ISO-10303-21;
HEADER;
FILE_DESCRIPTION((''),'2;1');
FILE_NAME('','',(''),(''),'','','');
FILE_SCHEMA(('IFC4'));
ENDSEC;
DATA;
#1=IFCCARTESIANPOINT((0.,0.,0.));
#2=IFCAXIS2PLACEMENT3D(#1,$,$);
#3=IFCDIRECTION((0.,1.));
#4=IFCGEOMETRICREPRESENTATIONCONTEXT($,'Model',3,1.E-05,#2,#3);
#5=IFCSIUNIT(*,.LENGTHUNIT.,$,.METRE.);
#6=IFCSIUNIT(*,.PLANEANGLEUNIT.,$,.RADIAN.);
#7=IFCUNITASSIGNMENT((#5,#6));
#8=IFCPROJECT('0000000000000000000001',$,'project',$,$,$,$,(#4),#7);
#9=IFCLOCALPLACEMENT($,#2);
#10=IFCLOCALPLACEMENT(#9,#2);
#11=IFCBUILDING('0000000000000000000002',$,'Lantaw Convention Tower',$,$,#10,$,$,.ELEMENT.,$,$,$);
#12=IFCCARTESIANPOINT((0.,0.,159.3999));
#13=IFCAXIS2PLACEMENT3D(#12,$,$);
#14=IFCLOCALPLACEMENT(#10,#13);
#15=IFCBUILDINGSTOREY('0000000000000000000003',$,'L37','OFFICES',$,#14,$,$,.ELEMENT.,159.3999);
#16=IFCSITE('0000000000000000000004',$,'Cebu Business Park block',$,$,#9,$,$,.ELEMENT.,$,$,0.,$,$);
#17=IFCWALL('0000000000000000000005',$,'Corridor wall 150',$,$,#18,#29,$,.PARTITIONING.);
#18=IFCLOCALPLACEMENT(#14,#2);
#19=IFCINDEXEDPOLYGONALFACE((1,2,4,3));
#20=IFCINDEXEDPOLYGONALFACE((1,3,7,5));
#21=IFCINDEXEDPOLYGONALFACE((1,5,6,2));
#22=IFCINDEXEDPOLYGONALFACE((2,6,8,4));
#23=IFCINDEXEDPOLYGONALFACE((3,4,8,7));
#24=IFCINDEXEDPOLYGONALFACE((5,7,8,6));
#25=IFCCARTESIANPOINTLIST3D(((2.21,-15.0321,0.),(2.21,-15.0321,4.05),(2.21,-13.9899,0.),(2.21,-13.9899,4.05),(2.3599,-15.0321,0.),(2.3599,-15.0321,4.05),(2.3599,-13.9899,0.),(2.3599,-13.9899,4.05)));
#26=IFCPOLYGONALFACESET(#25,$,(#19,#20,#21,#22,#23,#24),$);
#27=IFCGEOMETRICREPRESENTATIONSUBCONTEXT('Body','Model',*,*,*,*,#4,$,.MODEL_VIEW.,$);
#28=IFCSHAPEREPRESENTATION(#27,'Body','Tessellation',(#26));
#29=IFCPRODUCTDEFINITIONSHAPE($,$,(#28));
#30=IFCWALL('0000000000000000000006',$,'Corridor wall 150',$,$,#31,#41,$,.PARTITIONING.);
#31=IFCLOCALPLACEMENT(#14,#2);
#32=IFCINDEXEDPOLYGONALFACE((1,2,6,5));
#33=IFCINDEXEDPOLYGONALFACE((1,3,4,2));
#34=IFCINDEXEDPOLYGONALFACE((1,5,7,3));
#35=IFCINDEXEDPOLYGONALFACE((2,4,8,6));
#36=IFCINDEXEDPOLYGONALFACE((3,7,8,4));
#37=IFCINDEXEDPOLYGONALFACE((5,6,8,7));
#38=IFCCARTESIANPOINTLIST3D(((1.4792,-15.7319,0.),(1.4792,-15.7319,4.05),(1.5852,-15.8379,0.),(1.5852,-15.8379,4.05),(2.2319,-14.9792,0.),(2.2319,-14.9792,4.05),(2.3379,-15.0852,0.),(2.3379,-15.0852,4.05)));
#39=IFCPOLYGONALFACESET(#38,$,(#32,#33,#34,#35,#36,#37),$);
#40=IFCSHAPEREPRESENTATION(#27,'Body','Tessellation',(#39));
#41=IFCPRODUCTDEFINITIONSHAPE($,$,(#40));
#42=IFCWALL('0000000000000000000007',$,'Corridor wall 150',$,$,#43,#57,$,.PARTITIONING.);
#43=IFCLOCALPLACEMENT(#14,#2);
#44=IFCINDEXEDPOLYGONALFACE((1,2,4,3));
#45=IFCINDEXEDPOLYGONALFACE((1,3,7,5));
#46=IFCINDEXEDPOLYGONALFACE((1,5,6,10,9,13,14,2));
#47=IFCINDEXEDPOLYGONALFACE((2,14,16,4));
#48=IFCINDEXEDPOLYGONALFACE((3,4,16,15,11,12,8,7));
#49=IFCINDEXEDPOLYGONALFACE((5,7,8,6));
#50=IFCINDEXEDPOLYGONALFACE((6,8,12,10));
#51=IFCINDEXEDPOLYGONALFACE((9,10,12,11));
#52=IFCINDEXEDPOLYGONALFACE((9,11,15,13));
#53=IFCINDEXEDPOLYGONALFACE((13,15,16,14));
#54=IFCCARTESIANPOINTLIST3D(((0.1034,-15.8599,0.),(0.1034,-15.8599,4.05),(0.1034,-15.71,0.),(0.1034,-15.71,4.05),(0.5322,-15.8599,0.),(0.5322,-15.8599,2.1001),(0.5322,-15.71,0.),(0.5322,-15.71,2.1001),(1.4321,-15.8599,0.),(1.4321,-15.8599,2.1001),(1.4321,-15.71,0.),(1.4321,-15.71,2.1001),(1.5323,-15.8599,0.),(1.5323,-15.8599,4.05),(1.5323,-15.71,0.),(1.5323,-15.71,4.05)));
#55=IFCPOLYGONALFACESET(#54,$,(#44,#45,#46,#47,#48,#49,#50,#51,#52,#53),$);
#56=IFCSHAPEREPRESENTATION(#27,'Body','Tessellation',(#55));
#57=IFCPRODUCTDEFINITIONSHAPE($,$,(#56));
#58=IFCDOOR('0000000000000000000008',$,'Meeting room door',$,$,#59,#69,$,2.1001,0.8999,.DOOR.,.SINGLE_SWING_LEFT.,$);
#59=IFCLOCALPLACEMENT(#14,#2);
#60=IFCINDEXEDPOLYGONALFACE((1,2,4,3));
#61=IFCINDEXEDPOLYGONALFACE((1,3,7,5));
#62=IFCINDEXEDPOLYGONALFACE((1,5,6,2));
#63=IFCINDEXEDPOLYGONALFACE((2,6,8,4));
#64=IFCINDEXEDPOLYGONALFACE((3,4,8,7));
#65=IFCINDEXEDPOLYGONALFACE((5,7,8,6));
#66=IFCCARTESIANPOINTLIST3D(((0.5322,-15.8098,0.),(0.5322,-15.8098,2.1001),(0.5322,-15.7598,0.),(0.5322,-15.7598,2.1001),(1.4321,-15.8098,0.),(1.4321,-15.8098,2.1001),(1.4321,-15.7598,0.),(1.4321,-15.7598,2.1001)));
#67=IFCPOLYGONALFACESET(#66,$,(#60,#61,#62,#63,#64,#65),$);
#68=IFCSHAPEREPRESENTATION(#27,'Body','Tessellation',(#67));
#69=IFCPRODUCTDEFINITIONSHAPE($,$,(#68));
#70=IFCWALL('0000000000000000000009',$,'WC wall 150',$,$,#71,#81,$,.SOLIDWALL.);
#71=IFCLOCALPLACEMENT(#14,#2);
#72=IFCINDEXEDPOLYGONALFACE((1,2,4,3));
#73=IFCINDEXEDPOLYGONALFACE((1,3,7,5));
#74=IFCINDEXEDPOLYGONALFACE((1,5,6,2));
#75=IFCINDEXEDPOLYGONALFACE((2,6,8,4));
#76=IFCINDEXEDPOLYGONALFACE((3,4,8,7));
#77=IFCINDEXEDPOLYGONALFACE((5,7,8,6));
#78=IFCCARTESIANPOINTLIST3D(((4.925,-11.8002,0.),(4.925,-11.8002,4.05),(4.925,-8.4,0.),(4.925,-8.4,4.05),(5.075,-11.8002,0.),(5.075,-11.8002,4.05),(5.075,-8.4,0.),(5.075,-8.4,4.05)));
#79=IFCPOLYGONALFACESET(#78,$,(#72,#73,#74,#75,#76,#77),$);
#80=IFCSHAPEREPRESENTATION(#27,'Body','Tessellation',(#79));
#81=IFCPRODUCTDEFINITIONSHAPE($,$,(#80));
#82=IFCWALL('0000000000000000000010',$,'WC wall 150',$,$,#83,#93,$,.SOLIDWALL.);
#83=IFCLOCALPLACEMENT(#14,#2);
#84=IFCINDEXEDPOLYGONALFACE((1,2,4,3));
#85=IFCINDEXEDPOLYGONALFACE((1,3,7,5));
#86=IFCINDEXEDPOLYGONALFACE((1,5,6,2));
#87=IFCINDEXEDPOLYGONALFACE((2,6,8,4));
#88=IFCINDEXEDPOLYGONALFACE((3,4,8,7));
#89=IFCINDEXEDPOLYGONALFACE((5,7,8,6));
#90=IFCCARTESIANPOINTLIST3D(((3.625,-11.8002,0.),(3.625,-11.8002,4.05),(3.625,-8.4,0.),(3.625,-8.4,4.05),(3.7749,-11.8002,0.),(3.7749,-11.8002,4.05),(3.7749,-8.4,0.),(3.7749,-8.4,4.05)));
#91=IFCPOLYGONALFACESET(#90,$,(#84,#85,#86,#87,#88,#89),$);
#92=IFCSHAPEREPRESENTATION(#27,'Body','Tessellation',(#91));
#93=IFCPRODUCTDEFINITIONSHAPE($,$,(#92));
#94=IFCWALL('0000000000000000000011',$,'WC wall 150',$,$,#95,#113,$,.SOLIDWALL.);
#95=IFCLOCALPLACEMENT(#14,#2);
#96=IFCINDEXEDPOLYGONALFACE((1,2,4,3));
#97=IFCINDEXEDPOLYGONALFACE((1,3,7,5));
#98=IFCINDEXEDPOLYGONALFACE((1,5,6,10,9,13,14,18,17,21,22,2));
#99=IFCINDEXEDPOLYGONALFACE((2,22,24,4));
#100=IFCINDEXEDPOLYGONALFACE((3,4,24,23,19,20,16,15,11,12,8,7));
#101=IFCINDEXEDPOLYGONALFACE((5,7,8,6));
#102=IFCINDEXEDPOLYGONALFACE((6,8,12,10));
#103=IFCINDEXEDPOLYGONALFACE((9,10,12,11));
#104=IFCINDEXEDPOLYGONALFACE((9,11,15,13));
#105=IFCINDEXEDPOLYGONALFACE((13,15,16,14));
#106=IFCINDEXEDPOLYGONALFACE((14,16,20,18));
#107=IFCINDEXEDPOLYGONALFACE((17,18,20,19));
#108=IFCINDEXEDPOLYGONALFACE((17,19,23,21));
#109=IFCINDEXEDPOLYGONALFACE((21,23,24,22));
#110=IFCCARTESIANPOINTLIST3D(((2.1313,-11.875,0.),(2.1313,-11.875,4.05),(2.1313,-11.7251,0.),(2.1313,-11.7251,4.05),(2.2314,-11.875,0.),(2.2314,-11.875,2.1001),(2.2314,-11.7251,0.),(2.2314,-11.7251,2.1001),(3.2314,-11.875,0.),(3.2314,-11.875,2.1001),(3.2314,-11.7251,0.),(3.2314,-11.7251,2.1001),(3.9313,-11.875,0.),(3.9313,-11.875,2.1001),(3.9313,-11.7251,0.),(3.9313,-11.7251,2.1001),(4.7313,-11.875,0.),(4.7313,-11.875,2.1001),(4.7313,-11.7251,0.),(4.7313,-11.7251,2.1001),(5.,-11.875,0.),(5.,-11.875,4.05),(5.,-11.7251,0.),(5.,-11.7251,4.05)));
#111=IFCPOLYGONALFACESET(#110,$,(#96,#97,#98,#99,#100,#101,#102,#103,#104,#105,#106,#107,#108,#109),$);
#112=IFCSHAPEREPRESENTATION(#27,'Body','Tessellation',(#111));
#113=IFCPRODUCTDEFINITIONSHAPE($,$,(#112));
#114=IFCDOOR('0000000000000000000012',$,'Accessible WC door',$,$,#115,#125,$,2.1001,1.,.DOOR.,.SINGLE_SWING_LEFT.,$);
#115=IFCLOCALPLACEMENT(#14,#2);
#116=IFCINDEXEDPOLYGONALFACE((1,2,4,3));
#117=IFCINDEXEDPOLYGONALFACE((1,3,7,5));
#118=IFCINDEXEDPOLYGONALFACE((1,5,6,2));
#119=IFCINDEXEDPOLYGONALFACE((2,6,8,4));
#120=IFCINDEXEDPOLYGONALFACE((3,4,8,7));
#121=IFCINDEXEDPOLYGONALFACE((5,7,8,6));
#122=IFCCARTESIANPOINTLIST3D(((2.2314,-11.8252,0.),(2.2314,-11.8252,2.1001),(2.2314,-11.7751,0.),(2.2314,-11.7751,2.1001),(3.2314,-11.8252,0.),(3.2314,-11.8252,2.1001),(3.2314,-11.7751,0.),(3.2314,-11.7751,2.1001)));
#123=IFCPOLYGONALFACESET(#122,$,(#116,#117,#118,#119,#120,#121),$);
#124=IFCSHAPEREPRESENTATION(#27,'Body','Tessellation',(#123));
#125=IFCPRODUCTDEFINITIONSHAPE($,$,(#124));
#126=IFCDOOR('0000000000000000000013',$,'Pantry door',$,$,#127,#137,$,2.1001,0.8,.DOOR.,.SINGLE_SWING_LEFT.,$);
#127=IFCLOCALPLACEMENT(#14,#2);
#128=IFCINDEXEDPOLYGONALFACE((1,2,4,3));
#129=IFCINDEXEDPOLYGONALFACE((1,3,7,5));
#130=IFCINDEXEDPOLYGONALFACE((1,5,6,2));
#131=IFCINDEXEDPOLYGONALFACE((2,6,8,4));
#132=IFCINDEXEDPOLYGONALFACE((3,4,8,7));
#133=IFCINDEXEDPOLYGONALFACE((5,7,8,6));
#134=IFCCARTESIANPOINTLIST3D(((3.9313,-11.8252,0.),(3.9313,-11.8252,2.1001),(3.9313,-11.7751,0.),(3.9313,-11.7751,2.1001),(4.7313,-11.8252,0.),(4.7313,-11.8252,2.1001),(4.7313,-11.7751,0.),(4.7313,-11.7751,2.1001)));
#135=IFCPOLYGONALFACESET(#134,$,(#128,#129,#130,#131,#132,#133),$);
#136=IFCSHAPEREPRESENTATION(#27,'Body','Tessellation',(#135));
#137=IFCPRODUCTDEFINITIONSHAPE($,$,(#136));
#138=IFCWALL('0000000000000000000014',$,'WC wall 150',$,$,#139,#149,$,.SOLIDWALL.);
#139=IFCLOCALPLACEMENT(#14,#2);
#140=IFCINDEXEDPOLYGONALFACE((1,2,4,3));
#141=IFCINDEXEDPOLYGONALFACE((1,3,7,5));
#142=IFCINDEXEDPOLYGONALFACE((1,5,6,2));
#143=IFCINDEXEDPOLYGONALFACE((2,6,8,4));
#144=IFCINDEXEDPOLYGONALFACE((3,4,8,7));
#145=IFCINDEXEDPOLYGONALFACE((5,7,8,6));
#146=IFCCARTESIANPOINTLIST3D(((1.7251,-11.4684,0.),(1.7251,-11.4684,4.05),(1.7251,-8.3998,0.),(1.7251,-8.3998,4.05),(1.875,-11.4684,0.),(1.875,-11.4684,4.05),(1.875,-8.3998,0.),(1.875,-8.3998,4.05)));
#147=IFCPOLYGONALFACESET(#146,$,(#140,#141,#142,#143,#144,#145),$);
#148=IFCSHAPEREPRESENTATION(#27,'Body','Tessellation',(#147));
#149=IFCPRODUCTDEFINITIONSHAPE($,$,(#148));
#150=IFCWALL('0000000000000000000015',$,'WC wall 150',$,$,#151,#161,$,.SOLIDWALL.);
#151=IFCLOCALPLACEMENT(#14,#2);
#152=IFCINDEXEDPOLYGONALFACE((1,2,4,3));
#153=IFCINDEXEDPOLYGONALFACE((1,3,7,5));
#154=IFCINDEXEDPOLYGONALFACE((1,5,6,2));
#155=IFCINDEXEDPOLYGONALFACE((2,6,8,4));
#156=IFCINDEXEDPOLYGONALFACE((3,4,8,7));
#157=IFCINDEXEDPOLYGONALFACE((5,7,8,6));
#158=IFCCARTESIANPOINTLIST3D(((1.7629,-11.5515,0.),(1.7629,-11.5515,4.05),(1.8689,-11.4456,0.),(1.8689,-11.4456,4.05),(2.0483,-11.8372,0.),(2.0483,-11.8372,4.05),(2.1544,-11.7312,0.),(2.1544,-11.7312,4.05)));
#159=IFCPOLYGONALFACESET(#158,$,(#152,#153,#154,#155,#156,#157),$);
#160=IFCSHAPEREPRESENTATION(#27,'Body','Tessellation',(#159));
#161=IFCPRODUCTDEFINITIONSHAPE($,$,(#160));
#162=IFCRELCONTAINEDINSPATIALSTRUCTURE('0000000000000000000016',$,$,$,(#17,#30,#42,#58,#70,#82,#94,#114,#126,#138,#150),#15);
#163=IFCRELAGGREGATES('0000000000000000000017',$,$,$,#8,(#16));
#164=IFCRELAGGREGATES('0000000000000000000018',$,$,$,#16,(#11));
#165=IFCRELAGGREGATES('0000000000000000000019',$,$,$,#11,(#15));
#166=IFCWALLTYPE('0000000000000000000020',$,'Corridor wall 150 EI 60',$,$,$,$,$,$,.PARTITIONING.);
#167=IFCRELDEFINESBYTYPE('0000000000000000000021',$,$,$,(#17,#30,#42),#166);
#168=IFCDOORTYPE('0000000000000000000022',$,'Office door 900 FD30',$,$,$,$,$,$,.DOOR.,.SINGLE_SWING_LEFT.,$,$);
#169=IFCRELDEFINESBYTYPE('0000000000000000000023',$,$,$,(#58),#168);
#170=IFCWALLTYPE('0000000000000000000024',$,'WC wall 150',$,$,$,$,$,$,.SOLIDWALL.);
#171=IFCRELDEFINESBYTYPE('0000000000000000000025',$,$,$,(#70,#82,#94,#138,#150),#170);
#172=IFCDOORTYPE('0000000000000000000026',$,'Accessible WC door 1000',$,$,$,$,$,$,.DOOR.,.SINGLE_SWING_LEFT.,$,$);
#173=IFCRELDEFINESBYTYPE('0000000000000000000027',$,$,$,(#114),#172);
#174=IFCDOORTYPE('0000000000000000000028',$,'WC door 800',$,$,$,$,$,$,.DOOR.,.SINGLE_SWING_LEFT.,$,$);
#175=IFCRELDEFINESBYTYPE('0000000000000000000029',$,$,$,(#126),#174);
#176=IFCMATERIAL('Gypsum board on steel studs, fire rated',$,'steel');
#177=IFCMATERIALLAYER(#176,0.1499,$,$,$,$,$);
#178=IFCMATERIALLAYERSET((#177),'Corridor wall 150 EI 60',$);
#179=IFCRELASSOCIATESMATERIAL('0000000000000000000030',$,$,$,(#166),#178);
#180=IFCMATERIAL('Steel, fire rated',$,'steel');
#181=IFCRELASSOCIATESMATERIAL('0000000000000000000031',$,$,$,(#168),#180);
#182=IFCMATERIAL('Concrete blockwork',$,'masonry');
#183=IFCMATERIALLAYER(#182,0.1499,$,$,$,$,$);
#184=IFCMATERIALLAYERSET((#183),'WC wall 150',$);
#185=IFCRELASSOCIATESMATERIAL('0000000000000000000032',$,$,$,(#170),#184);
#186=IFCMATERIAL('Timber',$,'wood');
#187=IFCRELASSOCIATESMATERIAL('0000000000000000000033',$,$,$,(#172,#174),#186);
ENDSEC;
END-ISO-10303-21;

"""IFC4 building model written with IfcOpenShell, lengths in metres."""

from ifc_helpers import new_model, si_unit, direction, frame, frame_2d, origin, place, context, subcontext, project, spatial, rectangle, extrude, material, layer, layer_set, type_object, element, fill, save


model = new_model("IFC4")

# Units and contexts
model_context = context("Model", 3, precision=1e-05, world=origin(), true_north=direction((0.0, 1.0)))
body_context = subcontext(model_context, "Body", "Model", "MODEL_VIEW")
ifc_project = project(units=[si_unit("LENGTHUNIT", "METRE"), si_unit("PLANEANGLEUNIT", "RADIAN")], contexts=[model_context])

# Site, building, storey
site_placement = place(None, origin())
site = spatial("IfcSite", under=ifc_project, at=site_placement, Name="Cebu Business Park block", CompositionType="ELEMENT", RefElevation=0.0)
building_placement = place(site_placement, origin())
building = spatial("IfcBuilding", under=site, at=building_placement, Name="Lantaw Convention Tower", CompositionType="ELEMENT")
storey_placement = place(building_placement, frame((0.0, 0.0, 159.3999)))
storey = spatial("IfcBuildingStorey", under=building, at=storey_placement, Name="L37", Description="OFFICES", CompositionType="ELEMENT", Elevation=159.3999)

# Shared definitions
ifc_material_1 = material(Name="Gypsum board on steel studs, fire rated", Category="steel")
ifc_layer_1 = layer(ifc_material_1, 0.1499)
ifc_layer_set_1 = layer_set([ifc_layer_1], Name="Corridor wall 150 EI 60")
wall_type_1 = type_object("IfcWallType", Name="Corridor wall 150 EI 60", PredefinedType="PARTITIONING", material=ifc_layer_set_1)
ifc_material_2 = material(Name="Steel, fire rated", Category="steel")
door_type_1 = type_object("IfcDoorType", Name="Office door 900 FD30", OperationType="SINGLE_SWING_LEFT", PredefinedType="DOOR", material=ifc_material_2)

# Walls
wall_1_placement = place(storey_placement, frame((2.2849, -13.99, 0.0), z_axis=(0.0, 0.0, 1.0), x_axis=(0.0, -1.0, 0.0)))
element("IfcWall", 1, at=wall_1_placement, inside=storey, type_object=wall_type_1, Name="Corridor wall 150", PredefinedType="PARTITIONING", context=body_context, shape_type="SweptSolid", body=[
    extrude(rectangle(XDim=1.0422, YDim=0.1499, at=frame_2d((0.521, 0.0))), origin(), (0.0, 0.0, 1.0), 4.05),
])
wall_2_placement = place(storey_placement, frame((2.2849, -15.0322, 0.0), z_axis=(0.0, 0.0, 1.0), x_axis=(-0.707107, -0.707107, 0.0)))
element("IfcWall", 2, at=wall_2_placement, inside=storey, type_object=wall_type_1, Name="Corridor wall 150", PredefinedType="PARTITIONING", context=body_context, shape_type="SweptSolid", body=[
    extrude(rectangle(XDim=1.0645, YDim=0.1499, at=frame_2d((0.5322, 0.0))), origin(), (0.0, 0.0, 1.0), 4.05),
])

# Wall, opening, door
wall_3_placement = place(storey_placement, frame((1.5322, -15.7849, 0.0), z_axis=(0.0, 0.0, 1.0), x_axis=(-1.0, 0.0, 0.0)))
wall_3 = element("IfcWall", 3, at=wall_3_placement, inside=storey, type_object=wall_type_1, Name="Corridor wall 150", PredefinedType="PARTITIONING", context=body_context, shape_type="SweptSolid", body=[
    extrude(rectangle(XDim=1.429, YDim=0.1499, at=frame_2d((0.7144, 0.0))), origin(), (0.0, 0.0, 1.0), 4.05),
])
opening_1_placement = place(wall_3_placement, frame((0.1001, 0.0, 0.0)))
opening_1 = element("IfcOpeningElement", 4, at=opening_1_placement, cuts=wall_3, PredefinedType="OPENING", context=body_context, shape_type="SweptSolid", body=[
    extrude(rectangle(XDim=0.8999, YDim=2.1001, at=frame_2d((0.45, 1.05))), frame((0.0, 0.085, 0.0), z_axis=(0.0, -1.0, 0.0), x_axis=(1.0, 0.0, 0.0)), (0.0, 0.0, 1.0), 0.1699),
])
door_1_placement = place(opening_1_placement, origin())
door_1 = element("IfcDoor", 5, at=door_1_placement, inside=storey, type_object=door_type_1, Name="Meeting room door", OperationType="SINGLE_SWING_LEFT", OverallHeight=2.1001, OverallWidth=0.8999, PredefinedType="DOOR", context=body_context, shape_type="SweptSolid", body=[
    extrude(rectangle(XDim=0.8999, YDim=2.1001, at=frame_2d((0.45, 1.05))), frame((0.0, 0.0249, 0.0), z_axis=(0.0, -1.0, 0.0), x_axis=(1.0, 0.0, 0.0)), (0.0, 0.0, 1.0), 0.05),
])
fill(opening_1, door_1)

# Walls
ifc_material_3 = material(Name="Concrete blockwork", Category="masonry")
ifc_layer_2 = layer(ifc_material_3, 0.1499)
ifc_layer_set_2 = layer_set([ifc_layer_2], Name="WC wall 150")
wall_type_2 = type_object("IfcWallType", Name="WC wall 150", PredefinedType="SOLIDWALL", material=ifc_layer_set_2)
for number, where, z_axis, x_axis, name in (
    (6, (5.0, -8.3999, 0.0), (0.0, 0.0, 1.0), (0.0, -1.0, 0.0), "WC wall 150"),
    (7, (3.7, -8.3999, 0.0), (0.0, 0.0, 1.0), (0.0, -1.0, 0.0), "WC wall 150"),
):
    element("IfcWall", number, at=place(storey_placement, frame(where, z_axis=z_axis, x_axis=x_axis)), inside=storey, type_object=wall_type_2, Name=name, PredefinedType="SOLIDWALL", context=body_context, shape_type="SweptSolid", body=[
        extrude(rectangle(XDim=3.4001, YDim=0.1499, at=frame_2d((1.7002, 0.0))), origin(), (0.0, 0.0, 1.0), 4.05),
    ])

# Wall, openings, doors
wall_4_placement = place(storey_placement, frame((2.1313, -11.8, 0.0), z_axis=(0.0, 0.0, 1.0), x_axis=(1.0, 0.0, 0.0)))
wall_4 = element("IfcWall", 8, at=wall_4_placement, inside=storey, type_object=wall_type_2, Name="WC wall 150", PredefinedType="SOLIDWALL", context=body_context, shape_type="SweptSolid", body=[
    extrude(rectangle(XDim=2.8687, YDim=0.1499, at=frame_2d((1.4343, 0.0))), origin(), (0.0, 0.0, 1.0), 4.05),
])
opening_2_placement = place(wall_4_placement, frame((0.1001, 0.0, 0.0)))
opening_2 = element("IfcOpeningElement", 9, at=opening_2_placement, cuts=wall_4, PredefinedType="OPENING", context=body_context, shape_type="SweptSolid", body=[
    extrude(rectangle(XDim=1.0, YDim=2.1001, at=frame_2d((0.5, 1.05))), frame((0.0, 0.085, 0.0), z_axis=(0.0, -1.0, 0.0), x_axis=(1.0, 0.0, 0.0)), (0.0, 0.0, 1.0), 0.1699),
])
opening_3_placement = place(wall_4_placement, frame((1.8, 0.0, 0.0)))
opening_3 = element("IfcOpeningElement", 10, at=opening_3_placement, cuts=wall_4, PredefinedType="OPENING", context=body_context, shape_type="SweptSolid", body=[
    extrude(rectangle(XDim=0.8, YDim=2.1001, at=frame_2d((0.3999, 1.05))), frame((0.0, 0.085, 0.0), z_axis=(0.0, -1.0, 0.0), x_axis=(1.0, 0.0, 0.0)), (0.0, 0.0, 1.0), 0.1699),
])
ifc_material_4 = material(Name="Timber", Category="wood")
door_type_2 = type_object("IfcDoorType", Name="Accessible WC door 1000", OperationType="SINGLE_SWING_LEFT", PredefinedType="DOOR", material=ifc_material_4)
door_2_placement = place(opening_2_placement, origin())
door_2 = element("IfcDoor", 11, at=door_2_placement, inside=storey, type_object=door_type_2, Name="Accessible WC door", OperationType="SINGLE_SWING_LEFT", OverallHeight=2.1001, OverallWidth=1.0, PredefinedType="DOOR", context=body_context, shape_type="SweptSolid", body=[
    extrude(rectangle(XDim=1.0, YDim=2.1001, at=frame_2d((0.5, 1.05))), frame((0.0, 0.0249, 0.0), z_axis=(0.0, -1.0, 0.0), x_axis=(1.0, 0.0, 0.0)), (0.0, 0.0, 1.0), 0.05),
])
fill(opening_2, door_2)
door_type_3 = type_object("IfcDoorType", Name="WC door 800", OperationType="SINGLE_SWING_LEFT", PredefinedType="DOOR", material=ifc_material_4)
door_3_placement = place(opening_3_placement, origin())
door_3 = element("IfcDoor", 12, at=door_3_placement, inside=storey, type_object=door_type_3, Name="Pantry door", OperationType="SINGLE_SWING_LEFT", OverallHeight=2.1001, OverallWidth=0.8, PredefinedType="DOOR", context=body_context, shape_type="SweptSolid", body=[
    extrude(rectangle(XDim=0.8, YDim=2.1001, at=frame_2d((0.3999, 1.05))), frame((0.0, 0.0249, 0.0), z_axis=(0.0, -1.0, 0.0), x_axis=(1.0, 0.0, 0.0)), (0.0, 0.0, 1.0), 0.05),
])
fill(opening_3, door_3)

# Walls
wall_5_placement = place(storey_placement, frame((1.8, -8.3999, 0.0), z_axis=(0.0, 0.0, 1.0), x_axis=(0.0, -1.0, 0.0)))
element("IfcWall", 13, at=wall_5_placement, inside=storey, type_object=wall_type_2, Name="WC wall 150", PredefinedType="SOLIDWALL", context=body_context, shape_type="SweptSolid", body=[
    extrude(rectangle(XDim=3.0686, YDim=0.1499, at=frame_2d((1.5342, 0.0))), origin(), (0.0, 0.0, 1.0), 4.05),
])
wall_6_placement = place(storey_placement, frame((1.8159, -11.4985, 0.0), z_axis=(0.0, 0.0, 1.0), x_axis=(0.706804, -0.707409, 0.0)))
element("IfcWall", 14, at=wall_6_placement, inside=storey, type_object=wall_type_2, Name="WC wall 150", PredefinedType="SOLIDWALL", context=body_context, shape_type="SweptSolid", body=[
    extrude(rectangle(XDim=0.4038, YDim=0.1499, at=frame_2d((0.2019, 0.0))), origin(), (0.0, 0.0, 1.0), 4.05),
])

save(model, "model.ifc")
